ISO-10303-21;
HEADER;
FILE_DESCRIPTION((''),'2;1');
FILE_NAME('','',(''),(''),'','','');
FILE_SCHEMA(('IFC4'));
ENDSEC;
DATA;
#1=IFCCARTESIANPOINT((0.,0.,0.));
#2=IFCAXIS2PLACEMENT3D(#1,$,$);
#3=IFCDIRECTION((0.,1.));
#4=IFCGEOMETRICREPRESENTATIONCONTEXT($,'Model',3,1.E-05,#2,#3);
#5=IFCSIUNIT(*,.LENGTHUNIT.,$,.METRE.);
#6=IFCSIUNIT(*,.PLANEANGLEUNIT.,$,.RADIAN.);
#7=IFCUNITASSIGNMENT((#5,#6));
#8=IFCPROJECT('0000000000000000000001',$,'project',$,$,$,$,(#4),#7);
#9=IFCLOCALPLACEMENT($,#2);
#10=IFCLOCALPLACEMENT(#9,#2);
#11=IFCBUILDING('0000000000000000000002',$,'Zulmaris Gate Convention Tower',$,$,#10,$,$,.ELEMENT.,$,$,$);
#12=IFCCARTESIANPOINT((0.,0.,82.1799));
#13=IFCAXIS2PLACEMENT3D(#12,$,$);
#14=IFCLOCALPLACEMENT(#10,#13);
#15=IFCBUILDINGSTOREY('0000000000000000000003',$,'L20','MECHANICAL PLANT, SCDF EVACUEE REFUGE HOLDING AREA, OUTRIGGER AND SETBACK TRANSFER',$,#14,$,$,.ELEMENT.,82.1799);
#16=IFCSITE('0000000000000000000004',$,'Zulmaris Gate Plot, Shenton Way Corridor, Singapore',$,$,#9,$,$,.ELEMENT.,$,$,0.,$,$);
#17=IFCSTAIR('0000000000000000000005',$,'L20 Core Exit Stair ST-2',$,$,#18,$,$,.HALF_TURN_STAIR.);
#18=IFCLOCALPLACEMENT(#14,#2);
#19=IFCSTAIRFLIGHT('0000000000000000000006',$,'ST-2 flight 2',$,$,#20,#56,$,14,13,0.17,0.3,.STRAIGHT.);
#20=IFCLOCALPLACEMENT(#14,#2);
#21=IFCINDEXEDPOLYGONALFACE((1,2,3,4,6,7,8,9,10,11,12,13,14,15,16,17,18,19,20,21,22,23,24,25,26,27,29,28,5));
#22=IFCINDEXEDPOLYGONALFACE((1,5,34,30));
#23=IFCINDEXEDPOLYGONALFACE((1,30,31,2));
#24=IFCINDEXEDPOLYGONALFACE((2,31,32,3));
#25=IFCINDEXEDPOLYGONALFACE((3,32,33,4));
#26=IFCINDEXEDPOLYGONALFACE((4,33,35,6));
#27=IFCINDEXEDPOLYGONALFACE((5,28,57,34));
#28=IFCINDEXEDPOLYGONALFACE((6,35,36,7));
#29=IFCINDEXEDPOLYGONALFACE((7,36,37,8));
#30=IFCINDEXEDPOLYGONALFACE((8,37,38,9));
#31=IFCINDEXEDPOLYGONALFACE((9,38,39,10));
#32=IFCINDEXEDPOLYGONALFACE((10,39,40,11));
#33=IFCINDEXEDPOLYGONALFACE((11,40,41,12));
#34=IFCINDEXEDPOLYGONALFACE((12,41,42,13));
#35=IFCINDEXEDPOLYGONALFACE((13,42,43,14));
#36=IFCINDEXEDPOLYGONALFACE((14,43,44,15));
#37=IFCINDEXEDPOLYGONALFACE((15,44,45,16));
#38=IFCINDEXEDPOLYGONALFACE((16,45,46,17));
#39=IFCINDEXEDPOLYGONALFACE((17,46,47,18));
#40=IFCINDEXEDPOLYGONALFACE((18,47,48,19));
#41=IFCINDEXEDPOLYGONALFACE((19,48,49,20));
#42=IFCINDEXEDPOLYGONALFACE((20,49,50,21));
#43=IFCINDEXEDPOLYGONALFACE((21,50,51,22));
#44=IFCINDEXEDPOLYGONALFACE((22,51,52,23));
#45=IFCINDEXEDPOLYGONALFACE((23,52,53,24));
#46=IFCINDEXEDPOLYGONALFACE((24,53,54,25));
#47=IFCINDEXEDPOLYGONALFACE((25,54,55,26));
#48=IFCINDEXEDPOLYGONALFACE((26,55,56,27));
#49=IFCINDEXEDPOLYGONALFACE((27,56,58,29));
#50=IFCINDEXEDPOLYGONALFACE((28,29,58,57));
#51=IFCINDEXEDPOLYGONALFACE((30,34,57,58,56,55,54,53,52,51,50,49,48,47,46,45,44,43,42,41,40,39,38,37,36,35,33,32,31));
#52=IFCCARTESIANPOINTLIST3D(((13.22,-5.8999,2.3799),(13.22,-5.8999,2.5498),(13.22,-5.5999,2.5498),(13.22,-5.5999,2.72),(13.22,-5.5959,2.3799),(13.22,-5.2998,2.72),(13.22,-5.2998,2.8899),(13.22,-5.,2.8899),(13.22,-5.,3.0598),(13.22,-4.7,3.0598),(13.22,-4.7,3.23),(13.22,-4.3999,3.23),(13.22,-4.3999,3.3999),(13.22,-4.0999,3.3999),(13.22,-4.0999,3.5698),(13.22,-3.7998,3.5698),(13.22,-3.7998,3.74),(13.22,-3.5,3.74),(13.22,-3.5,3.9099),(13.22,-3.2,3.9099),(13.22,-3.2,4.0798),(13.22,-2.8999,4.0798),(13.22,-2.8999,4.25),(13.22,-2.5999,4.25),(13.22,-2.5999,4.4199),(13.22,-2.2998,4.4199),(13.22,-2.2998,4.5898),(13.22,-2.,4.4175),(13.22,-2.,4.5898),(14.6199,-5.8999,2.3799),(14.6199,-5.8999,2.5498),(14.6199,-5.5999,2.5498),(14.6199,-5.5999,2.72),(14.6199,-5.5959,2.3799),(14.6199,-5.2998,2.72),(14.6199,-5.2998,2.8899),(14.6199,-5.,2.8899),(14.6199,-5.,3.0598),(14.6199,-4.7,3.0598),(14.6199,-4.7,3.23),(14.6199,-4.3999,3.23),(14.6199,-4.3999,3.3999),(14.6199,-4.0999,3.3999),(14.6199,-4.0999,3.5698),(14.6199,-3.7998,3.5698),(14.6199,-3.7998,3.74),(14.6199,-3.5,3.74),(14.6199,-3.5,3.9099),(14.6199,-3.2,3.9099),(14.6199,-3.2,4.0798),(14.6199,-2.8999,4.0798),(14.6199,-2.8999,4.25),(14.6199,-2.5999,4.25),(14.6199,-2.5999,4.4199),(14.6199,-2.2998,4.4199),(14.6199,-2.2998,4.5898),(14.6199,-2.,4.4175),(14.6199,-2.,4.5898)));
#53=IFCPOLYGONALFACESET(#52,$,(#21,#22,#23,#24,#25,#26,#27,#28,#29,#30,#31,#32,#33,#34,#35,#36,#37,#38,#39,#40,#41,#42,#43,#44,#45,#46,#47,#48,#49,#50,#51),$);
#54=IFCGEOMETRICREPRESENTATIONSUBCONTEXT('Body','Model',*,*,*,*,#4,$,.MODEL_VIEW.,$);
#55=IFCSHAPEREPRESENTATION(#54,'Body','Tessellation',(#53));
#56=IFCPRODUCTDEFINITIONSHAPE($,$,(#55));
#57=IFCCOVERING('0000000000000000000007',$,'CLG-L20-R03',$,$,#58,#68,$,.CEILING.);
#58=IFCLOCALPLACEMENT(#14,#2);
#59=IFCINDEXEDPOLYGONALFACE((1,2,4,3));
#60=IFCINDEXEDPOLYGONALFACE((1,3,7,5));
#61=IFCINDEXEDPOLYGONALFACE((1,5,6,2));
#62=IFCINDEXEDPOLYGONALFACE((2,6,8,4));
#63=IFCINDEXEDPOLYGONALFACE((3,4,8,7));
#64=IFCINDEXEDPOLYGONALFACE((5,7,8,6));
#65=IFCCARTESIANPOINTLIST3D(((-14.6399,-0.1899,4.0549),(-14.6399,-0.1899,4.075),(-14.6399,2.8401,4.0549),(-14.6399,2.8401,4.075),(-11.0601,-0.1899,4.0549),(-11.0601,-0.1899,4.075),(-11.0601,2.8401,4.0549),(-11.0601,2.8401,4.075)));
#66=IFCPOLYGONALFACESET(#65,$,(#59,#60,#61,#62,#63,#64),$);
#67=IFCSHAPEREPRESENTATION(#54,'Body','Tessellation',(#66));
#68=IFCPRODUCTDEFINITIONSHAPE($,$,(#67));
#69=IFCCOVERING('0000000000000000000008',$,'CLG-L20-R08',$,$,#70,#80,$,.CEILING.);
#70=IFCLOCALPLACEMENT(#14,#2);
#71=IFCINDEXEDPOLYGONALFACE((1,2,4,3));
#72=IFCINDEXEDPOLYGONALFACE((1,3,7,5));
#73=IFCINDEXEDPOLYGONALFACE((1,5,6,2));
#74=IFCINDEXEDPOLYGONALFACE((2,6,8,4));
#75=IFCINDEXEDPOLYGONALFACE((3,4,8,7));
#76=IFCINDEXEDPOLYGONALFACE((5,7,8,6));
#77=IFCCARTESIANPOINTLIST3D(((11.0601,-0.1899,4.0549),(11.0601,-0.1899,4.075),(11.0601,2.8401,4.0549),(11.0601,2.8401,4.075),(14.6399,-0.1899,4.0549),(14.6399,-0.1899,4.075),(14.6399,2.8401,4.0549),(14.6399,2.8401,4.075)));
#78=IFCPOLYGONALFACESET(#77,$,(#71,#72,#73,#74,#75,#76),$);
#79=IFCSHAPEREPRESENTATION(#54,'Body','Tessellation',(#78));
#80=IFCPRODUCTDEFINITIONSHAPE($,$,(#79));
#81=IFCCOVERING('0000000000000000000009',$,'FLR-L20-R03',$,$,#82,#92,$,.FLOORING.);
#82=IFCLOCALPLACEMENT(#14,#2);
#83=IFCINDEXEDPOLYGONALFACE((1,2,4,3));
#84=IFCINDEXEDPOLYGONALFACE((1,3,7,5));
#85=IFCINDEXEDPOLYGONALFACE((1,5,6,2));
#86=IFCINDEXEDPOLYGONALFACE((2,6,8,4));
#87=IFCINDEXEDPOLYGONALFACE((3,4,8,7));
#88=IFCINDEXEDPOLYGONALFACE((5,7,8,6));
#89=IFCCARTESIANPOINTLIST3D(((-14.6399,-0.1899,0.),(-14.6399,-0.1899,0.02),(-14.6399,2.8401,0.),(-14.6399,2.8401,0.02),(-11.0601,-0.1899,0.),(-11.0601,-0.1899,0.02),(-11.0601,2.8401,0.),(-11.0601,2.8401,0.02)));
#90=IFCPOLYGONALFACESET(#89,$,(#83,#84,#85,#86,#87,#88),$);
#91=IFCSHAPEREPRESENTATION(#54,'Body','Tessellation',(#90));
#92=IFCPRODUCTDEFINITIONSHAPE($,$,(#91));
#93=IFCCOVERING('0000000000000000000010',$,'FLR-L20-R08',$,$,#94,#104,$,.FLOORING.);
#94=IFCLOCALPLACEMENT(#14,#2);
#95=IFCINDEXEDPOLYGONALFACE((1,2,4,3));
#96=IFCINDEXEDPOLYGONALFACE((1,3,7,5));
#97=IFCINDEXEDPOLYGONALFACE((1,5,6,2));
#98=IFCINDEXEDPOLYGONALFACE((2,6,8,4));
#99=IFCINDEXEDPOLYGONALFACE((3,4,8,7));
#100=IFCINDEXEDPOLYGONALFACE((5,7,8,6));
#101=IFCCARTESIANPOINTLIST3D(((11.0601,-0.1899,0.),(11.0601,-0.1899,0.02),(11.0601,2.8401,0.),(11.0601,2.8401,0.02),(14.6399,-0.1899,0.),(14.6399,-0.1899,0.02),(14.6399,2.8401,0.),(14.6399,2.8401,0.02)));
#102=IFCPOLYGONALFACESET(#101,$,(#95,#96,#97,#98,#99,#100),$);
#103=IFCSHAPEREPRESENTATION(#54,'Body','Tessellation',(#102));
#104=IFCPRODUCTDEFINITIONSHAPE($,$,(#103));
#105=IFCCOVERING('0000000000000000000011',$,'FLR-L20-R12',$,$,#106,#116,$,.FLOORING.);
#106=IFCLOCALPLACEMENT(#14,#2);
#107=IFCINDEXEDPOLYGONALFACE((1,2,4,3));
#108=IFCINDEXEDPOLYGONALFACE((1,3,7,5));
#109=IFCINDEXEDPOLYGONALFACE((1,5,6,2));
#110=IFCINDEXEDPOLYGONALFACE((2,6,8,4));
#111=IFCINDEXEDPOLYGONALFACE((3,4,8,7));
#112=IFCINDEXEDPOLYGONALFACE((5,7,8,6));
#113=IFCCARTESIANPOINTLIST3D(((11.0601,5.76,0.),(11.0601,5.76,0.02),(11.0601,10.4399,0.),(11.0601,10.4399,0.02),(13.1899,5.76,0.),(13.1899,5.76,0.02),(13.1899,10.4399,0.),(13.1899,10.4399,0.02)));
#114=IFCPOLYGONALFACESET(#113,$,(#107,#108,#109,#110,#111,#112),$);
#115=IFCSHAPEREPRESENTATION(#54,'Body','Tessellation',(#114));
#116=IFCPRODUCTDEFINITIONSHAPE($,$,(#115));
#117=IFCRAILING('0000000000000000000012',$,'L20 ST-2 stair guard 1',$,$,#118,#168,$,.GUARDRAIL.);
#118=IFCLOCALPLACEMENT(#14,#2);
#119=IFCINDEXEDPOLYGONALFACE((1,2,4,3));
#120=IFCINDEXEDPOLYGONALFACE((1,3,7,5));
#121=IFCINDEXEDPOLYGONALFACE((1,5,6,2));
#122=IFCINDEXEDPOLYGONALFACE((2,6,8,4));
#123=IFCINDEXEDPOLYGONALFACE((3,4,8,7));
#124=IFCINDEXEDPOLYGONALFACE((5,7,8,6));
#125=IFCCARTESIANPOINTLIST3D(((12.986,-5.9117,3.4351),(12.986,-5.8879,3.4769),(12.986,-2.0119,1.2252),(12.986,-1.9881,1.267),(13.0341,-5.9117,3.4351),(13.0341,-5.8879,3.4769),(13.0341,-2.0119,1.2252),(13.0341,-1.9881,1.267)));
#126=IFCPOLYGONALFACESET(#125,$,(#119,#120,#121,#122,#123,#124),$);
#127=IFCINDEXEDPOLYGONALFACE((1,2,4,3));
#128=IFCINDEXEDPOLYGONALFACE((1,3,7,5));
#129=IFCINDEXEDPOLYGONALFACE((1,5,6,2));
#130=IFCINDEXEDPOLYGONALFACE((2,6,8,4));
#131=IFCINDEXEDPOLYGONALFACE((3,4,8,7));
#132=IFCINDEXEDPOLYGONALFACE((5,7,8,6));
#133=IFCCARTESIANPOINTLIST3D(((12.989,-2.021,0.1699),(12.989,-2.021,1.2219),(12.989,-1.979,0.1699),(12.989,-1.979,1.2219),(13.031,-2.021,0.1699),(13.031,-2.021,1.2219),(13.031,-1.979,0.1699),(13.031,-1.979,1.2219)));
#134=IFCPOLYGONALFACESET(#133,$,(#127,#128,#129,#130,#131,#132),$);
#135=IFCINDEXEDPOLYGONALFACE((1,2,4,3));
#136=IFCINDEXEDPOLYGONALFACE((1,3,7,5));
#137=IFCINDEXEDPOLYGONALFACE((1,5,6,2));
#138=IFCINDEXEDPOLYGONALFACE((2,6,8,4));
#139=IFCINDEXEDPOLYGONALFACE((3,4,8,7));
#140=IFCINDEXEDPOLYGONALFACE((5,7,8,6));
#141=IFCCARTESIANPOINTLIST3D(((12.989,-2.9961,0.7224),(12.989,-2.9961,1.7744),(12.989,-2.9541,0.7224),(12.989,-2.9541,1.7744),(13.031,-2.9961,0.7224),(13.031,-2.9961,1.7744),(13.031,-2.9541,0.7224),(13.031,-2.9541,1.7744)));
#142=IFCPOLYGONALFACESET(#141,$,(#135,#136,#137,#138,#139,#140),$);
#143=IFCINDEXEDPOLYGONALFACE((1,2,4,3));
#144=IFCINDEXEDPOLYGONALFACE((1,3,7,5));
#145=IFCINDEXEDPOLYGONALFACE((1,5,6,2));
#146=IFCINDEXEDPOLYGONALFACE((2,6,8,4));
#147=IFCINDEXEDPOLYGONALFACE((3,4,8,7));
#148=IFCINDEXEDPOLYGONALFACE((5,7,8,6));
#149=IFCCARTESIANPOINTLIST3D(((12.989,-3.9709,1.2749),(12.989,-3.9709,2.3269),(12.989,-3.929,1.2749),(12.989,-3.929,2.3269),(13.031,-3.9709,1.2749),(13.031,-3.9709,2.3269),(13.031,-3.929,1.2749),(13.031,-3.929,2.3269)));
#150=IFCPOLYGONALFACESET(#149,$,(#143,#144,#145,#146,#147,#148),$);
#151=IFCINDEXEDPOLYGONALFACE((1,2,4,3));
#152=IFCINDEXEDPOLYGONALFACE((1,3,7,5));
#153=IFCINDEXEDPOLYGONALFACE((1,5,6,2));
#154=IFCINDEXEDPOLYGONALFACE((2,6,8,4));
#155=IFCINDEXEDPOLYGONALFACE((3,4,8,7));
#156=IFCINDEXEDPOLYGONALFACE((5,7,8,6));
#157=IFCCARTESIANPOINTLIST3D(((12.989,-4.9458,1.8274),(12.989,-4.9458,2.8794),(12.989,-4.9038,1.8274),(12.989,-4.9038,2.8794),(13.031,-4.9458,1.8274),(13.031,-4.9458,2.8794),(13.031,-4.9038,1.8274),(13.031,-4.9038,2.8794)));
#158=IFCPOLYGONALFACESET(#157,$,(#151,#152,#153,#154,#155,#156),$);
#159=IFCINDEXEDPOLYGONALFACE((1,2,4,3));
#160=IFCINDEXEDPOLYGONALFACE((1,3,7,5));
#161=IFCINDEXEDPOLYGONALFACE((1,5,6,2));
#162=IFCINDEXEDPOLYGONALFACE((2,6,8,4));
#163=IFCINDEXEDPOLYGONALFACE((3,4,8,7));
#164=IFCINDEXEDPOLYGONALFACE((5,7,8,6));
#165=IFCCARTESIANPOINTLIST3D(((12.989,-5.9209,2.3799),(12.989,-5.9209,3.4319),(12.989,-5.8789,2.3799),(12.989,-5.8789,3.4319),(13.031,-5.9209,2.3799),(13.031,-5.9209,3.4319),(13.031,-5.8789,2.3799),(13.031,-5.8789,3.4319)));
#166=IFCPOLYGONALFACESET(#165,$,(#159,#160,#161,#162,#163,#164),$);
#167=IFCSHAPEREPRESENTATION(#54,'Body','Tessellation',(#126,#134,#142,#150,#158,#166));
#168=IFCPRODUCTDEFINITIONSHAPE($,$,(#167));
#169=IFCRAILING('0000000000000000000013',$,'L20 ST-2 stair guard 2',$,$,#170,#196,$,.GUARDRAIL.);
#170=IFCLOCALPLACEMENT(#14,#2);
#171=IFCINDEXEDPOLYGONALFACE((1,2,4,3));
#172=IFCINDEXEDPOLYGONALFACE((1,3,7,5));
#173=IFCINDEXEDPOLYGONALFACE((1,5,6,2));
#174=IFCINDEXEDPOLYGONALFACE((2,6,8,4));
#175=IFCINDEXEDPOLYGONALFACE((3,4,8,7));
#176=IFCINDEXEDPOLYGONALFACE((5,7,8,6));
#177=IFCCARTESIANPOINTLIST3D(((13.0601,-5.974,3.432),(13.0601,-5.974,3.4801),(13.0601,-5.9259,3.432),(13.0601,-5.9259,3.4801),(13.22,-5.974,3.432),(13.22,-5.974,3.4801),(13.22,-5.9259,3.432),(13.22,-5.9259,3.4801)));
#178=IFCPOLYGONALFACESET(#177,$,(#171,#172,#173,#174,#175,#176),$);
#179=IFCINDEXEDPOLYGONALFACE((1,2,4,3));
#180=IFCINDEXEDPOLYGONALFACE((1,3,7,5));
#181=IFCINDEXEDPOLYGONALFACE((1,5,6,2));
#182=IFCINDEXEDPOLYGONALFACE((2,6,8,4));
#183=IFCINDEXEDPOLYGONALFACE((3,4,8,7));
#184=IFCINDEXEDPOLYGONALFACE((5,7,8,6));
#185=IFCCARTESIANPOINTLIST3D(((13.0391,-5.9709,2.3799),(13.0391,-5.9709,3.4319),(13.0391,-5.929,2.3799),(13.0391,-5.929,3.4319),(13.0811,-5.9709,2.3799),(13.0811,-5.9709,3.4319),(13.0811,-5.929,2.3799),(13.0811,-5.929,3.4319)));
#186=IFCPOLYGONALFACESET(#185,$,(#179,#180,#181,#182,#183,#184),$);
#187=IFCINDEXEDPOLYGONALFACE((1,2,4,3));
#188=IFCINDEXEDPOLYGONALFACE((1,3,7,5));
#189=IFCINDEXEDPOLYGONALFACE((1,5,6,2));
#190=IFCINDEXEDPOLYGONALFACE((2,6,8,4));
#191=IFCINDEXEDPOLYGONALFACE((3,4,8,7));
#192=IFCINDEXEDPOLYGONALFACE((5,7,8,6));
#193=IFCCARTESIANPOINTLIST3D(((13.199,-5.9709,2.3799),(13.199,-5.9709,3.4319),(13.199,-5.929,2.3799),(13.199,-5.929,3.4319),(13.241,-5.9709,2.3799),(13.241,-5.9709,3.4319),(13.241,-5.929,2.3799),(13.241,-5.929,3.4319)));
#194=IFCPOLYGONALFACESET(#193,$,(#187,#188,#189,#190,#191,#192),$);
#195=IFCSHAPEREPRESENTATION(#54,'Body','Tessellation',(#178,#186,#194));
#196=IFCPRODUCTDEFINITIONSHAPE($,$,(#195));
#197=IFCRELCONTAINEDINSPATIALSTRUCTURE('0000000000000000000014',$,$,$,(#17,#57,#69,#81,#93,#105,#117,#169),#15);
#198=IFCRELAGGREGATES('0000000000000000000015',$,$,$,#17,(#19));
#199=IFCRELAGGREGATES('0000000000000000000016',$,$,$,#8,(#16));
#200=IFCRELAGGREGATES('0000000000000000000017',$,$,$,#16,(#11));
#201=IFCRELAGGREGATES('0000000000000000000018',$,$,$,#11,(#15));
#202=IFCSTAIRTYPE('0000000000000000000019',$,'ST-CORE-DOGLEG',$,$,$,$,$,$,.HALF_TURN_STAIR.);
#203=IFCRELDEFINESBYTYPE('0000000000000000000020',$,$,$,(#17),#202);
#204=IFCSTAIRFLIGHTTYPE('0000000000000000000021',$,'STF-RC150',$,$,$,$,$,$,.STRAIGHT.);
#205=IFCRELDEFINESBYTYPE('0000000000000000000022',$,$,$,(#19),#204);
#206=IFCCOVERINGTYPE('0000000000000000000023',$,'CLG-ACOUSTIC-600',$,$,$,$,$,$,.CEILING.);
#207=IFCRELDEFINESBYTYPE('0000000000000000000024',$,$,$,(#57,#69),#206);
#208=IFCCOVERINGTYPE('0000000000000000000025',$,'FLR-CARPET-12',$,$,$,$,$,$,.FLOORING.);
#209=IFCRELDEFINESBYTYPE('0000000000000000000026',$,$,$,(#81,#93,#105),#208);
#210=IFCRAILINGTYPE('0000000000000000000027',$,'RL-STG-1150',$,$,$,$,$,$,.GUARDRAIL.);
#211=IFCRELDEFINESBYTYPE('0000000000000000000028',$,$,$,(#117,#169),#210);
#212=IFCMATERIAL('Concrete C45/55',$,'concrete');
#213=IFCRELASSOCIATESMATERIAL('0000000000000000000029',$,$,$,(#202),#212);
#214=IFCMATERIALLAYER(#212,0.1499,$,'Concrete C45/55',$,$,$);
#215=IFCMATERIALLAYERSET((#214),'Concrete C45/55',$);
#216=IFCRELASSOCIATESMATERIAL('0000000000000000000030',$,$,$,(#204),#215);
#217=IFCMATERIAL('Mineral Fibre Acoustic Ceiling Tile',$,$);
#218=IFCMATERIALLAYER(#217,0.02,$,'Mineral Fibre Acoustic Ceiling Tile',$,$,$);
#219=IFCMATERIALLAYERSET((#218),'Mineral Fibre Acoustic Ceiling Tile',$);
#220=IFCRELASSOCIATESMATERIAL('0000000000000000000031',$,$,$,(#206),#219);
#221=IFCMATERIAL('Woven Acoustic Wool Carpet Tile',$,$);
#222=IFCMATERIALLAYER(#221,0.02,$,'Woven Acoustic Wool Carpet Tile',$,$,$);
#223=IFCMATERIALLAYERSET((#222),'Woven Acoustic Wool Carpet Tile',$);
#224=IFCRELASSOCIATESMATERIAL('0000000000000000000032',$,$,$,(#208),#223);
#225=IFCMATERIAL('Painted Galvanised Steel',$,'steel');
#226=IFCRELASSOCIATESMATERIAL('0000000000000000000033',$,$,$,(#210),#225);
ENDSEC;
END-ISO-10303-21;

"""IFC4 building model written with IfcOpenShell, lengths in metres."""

from ifc_helpers import new_model, si_unit, direction, frame, origin, origin_2d, place, context, subcontext, project, spatial, polyline, rectangle, outline, extrude, material, layer, layer_set, type_object, element, aggregate, save


model = new_model("IFC4")

# Units and contexts
model_context = context("Model", 3, precision=1e-05, world=origin(), true_north=direction((0.0, 1.0)))
body_context = subcontext(model_context, "Body", "Model", "MODEL_VIEW")
ifc_project = project(units=[si_unit("LENGTHUNIT", "METRE"), si_unit("PLANEANGLEUNIT", "RADIAN")], contexts=[model_context])

# Site, building, storey
site_placement = place(None, origin())
site = spatial("IfcSite", under=ifc_project, at=site_placement, Name="Zulmaris Gate Plot, Shenton Way Corridor, Singapore", CompositionType="ELEMENT", RefElevation=0.0)
building_placement = place(site_placement, origin())
building = spatial("IfcBuilding", under=site, at=building_placement, Name="Zulmaris Gate Convention Tower", CompositionType="ELEMENT")
storey_placement = place(building_placement, frame((0.0, 0.0, 82.1799)))
storey = spatial("IfcBuildingStorey", under=building, at=storey_placement, Name="L20", Description="MECHANICAL PLANT, SCDF EVACUEE REFUGE HOLDING AREA, OUTRIGGER AND SETBACK TRANSFER", CompositionType="ELEMENT", Elevation=82.1799)

# Stair
ifc_material_1 = material(Name="Concrete C45/55", Category="concrete")
stair_type = type_object("IfcStairType", Name="ST-CORE-DOGLEG", PredefinedType="HALF_TURN_STAIR", material=ifc_material_1)
stair_1_placement = place(storey_placement, origin())
stair_1 = element("IfcStair", 1, at=stair_1_placement, inside=storey, type_object=stair_type, Name="L20 Core Exit Stair ST-2", PredefinedType="HALF_TURN_STAIR")

# Stair flight
ifc_layer_1 = layer(ifc_material_1, 0.1499, Name="Concrete C45/55")
ifc_layer_set_1 = layer_set([ifc_layer_1], Name="Concrete C45/55")
stair_flight_type = type_object("IfcStairFlightType", Name="STF-RC150", PredefinedType="STRAIGHT", material=ifc_layer_set_1)
stair_flight_1_placement = place(storey_placement, frame((13.9199, -5.8999, 2.3799), z_axis=(0.0, 0.0, 1.0), x_axis=(0.0, 1.0, 0.0)))
stair_flight_1 = element("IfcStairFlight", 2, at=stair_flight_1_placement, type_object=stair_flight_type, Name="ST-2 flight 2", NumberOfRisers=14, NumberOfTreads=13, PredefinedType="STRAIGHT", RiserHeight=0.17, TreadLength=0.3, context=body_context, shape_type="SweptSolid", body=[
    extrude(outline(polyline([(0.0, 0.0), (0.0, 0.1699), (0.3, 0.1699), (0.3, 0.3401), (0.6001, 0.3401), (0.6001, 0.51), (0.8999, 0.51), (0.8999, 0.6799), (1.2, 0.6799), (1.2, 0.8501), (1.5, 0.8501), (1.5, 1.02), (1.8, 1.02), (1.8, 1.1899), (2.1001, 1.1899), (2.1001, 1.3601), (2.3999, 1.3601), (2.3999, 1.53), (2.7, 1.53), (2.7, 1.7), (3.0, 1.7), (3.0, 1.8701), (3.3, 1.8701), (3.3, 2.04), (3.6001, 2.04), (3.6001, 2.21), (3.8999, 2.21), (3.8999, 2.3799), (3.8999, 2.0376), (0.304, 0.0), (0.0, 0.0)])), frame((0.0, 0.7, 0.0), z_axis=(0.0, -1.0, 0.0), x_axis=(1.0, 0.0, 0.0)), (0.0, 0.0, 1.0), 1.3999),
])
aggregate(stair_1, [stair_flight_1])

# Coverings
ifc_material_2 = material(Name="Mineral Fibre Acoustic Ceiling Tile")
ifc_layer_2 = layer(ifc_material_2, 0.02, Name="Mineral Fibre Acoustic Ceiling Tile")
ifc_layer_set_2 = layer_set([ifc_layer_2], Name="Mineral Fibre Acoustic Ceiling Tile")
covering_type_1 = type_object("IfcCoveringType", Name="CLG-ACOUSTIC-600", PredefinedType="CEILING", material=ifc_layer_set_2)
covering_1_placement = place(storey_placement, frame((0.0, 0.0, 4.0549)))
element("IfcCovering", 3, at=covering_1_placement, inside=storey, type_object=covering_type_1, Name="CLG-L20-R03", PredefinedType="CEILING", context=body_context, shape_type="SweptSolid", body=[
    extrude(outline(polyline([(-14.6399, -0.1899), (-11.0601, -0.1899), (-11.0601, 2.8401), (-14.6399, 2.8401), (-14.6399, -0.1899)])), origin(), (0.0, 0.0, 1.0), 0.02),
])
covering_2_placement = place(storey_placement, frame((0.0, 0.0, 4.0549)))
element("IfcCovering", 4, at=covering_2_placement, inside=storey, type_object=covering_type_1, Name="CLG-L20-R08", PredefinedType="CEILING", context=body_context, shape_type="SweptSolid", body=[
    extrude(outline(polyline([(11.0601, -0.1899), (14.6399, -0.1899), (14.6399, 2.8401), (11.0601, 2.8401), (11.0601, -0.1899)])), origin(), (0.0, 0.0, 1.0), 0.02),
])
ifc_material_3 = material(Name="Woven Acoustic Wool Carpet Tile")
ifc_layer_3 = layer(ifc_material_3, 0.02, Name="Woven Acoustic Wool Carpet Tile")
ifc_layer_set_3 = layer_set([ifc_layer_3], Name="Woven Acoustic Wool Carpet Tile")
covering_type_2 = type_object("IfcCoveringType", Name="FLR-CARPET-12", PredefinedType="FLOORING", material=ifc_layer_set_3)
covering_3_placement = place(storey_placement, origin())
element("IfcCovering", 5, at=covering_3_placement, inside=storey, type_object=covering_type_2, Name="FLR-L20-R03", PredefinedType="FLOORING", context=body_context, shape_type="SweptSolid", body=[
    extrude(outline(polyline([(-14.6399, -0.1899), (-11.0601, -0.1899), (-11.0601, 2.8401), (-14.6399, 2.8401), (-14.6399, -0.1899)])), origin(), (0.0, 0.0, 1.0), 0.02),
])
covering_4_placement = place(storey_placement, origin())
element("IfcCovering", 6, at=covering_4_placement, inside=storey, type_object=covering_type_2, Name="FLR-L20-R08", PredefinedType="FLOORING", context=body_context, shape_type="SweptSolid", body=[
    extrude(outline(polyline([(11.0601, -0.1899), (14.6399, -0.1899), (14.6399, 2.8401), (11.0601, 2.8401), (11.0601, -0.1899)])), origin(), (0.0, 0.0, 1.0), 0.02),
])
covering_5_placement = place(storey_placement, origin())
element("IfcCovering", 7, at=covering_5_placement, inside=storey, type_object=covering_type_2, Name="FLR-L20-R12", PredefinedType="FLOORING", context=body_context, shape_type="SweptSolid", body=[
    extrude(outline(polyline([(11.0601, 5.76), (13.1899, 5.76), (13.1899, 10.4399), (11.0601, 10.4399), (11.0601, 5.76)])), origin(), (0.0, 0.0, 1.0), 0.02),
])

# Railings
ifc_material_4 = material(Name="Painted Galvanised Steel", Category="steel")
railing_type_1 = type_object("IfcRailingType", Name="RL-STG-1150", PredefinedType="GUARDRAIL", material=ifc_material_4)
railing_1_placement = place(storey_placement, frame((13.01, -2.0, 0.1699)))
element("IfcRailing", 8, at=railing_1_placement, inside=storey, type_object=railing_type_1, Name="L20 ST-2 stair guard 1", PredefinedType="GUARDRAIL", context=body_context, shape_type="SweptSolid", body=[
    extrude(rectangle(XDim=0.0481, YDim=0.0481, at=origin_2d()), frame((0.0, 0.0, 1.0762), z_axis=(0.0, -0.870021, 0.493015), x_axis=(1.0, 0.0, 0.0)), (0.0, 0.0, 1.0), 4.4824),
    extrude(rectangle(XDim=0.042, YDim=0.042, at=origin_2d()), origin(), (0.0, 0.0, 1.0), 1.052),
    extrude(rectangle(XDim=0.042, YDim=0.042, at=origin_2d()), frame((0.0, -0.9751, 0.5525)), (0.0, 0.0, 1.0), 1.052),
    extrude(rectangle(XDim=0.042, YDim=0.042, at=origin_2d()), frame((0.0, -1.95, 1.105)), (0.0, 0.0, 1.0), 1.052),
    extrude(rectangle(XDim=0.042, YDim=0.042, at=origin_2d()), frame((0.0, -2.9248, 1.6575)), (0.0, 0.0, 1.0), 1.052),
    extrude(rectangle(XDim=0.042, YDim=0.042, at=origin_2d()), frame((0.0, -3.8999, 2.21)), (0.0, 0.0, 1.0), 1.052),
])
railing_2_placement = place(storey_placement, frame((13.0601, -5.95, 2.3799)))
element("IfcRailing", 9, at=railing_2_placement, inside=storey, type_object=railing_type_1, Name="L20 ST-2 stair guard 2", PredefinedType="GUARDRAIL", context=body_context, shape_type="SweptSolid", body=[
    extrude(rectangle(XDim=0.0481, YDim=0.0481, at=origin_2d()), frame((0.0, 0.0, 1.0762), z_axis=(1.0, 0.0, 0.0), x_axis=(0.0, 1.0, 0.0)), (0.0, 0.0, 1.0), 0.1599),
    extrude(rectangle(XDim=0.042, YDim=0.042, at=origin_2d()), origin(), (0.0, 0.0, 1.0), 1.052),
    extrude(rectangle(XDim=0.042, YDim=0.042, at=origin_2d()), frame((0.1599, 0.0, 0.0)), (0.0, 0.0, 1.0), 1.052),
])

save(model, "model.ifc")
